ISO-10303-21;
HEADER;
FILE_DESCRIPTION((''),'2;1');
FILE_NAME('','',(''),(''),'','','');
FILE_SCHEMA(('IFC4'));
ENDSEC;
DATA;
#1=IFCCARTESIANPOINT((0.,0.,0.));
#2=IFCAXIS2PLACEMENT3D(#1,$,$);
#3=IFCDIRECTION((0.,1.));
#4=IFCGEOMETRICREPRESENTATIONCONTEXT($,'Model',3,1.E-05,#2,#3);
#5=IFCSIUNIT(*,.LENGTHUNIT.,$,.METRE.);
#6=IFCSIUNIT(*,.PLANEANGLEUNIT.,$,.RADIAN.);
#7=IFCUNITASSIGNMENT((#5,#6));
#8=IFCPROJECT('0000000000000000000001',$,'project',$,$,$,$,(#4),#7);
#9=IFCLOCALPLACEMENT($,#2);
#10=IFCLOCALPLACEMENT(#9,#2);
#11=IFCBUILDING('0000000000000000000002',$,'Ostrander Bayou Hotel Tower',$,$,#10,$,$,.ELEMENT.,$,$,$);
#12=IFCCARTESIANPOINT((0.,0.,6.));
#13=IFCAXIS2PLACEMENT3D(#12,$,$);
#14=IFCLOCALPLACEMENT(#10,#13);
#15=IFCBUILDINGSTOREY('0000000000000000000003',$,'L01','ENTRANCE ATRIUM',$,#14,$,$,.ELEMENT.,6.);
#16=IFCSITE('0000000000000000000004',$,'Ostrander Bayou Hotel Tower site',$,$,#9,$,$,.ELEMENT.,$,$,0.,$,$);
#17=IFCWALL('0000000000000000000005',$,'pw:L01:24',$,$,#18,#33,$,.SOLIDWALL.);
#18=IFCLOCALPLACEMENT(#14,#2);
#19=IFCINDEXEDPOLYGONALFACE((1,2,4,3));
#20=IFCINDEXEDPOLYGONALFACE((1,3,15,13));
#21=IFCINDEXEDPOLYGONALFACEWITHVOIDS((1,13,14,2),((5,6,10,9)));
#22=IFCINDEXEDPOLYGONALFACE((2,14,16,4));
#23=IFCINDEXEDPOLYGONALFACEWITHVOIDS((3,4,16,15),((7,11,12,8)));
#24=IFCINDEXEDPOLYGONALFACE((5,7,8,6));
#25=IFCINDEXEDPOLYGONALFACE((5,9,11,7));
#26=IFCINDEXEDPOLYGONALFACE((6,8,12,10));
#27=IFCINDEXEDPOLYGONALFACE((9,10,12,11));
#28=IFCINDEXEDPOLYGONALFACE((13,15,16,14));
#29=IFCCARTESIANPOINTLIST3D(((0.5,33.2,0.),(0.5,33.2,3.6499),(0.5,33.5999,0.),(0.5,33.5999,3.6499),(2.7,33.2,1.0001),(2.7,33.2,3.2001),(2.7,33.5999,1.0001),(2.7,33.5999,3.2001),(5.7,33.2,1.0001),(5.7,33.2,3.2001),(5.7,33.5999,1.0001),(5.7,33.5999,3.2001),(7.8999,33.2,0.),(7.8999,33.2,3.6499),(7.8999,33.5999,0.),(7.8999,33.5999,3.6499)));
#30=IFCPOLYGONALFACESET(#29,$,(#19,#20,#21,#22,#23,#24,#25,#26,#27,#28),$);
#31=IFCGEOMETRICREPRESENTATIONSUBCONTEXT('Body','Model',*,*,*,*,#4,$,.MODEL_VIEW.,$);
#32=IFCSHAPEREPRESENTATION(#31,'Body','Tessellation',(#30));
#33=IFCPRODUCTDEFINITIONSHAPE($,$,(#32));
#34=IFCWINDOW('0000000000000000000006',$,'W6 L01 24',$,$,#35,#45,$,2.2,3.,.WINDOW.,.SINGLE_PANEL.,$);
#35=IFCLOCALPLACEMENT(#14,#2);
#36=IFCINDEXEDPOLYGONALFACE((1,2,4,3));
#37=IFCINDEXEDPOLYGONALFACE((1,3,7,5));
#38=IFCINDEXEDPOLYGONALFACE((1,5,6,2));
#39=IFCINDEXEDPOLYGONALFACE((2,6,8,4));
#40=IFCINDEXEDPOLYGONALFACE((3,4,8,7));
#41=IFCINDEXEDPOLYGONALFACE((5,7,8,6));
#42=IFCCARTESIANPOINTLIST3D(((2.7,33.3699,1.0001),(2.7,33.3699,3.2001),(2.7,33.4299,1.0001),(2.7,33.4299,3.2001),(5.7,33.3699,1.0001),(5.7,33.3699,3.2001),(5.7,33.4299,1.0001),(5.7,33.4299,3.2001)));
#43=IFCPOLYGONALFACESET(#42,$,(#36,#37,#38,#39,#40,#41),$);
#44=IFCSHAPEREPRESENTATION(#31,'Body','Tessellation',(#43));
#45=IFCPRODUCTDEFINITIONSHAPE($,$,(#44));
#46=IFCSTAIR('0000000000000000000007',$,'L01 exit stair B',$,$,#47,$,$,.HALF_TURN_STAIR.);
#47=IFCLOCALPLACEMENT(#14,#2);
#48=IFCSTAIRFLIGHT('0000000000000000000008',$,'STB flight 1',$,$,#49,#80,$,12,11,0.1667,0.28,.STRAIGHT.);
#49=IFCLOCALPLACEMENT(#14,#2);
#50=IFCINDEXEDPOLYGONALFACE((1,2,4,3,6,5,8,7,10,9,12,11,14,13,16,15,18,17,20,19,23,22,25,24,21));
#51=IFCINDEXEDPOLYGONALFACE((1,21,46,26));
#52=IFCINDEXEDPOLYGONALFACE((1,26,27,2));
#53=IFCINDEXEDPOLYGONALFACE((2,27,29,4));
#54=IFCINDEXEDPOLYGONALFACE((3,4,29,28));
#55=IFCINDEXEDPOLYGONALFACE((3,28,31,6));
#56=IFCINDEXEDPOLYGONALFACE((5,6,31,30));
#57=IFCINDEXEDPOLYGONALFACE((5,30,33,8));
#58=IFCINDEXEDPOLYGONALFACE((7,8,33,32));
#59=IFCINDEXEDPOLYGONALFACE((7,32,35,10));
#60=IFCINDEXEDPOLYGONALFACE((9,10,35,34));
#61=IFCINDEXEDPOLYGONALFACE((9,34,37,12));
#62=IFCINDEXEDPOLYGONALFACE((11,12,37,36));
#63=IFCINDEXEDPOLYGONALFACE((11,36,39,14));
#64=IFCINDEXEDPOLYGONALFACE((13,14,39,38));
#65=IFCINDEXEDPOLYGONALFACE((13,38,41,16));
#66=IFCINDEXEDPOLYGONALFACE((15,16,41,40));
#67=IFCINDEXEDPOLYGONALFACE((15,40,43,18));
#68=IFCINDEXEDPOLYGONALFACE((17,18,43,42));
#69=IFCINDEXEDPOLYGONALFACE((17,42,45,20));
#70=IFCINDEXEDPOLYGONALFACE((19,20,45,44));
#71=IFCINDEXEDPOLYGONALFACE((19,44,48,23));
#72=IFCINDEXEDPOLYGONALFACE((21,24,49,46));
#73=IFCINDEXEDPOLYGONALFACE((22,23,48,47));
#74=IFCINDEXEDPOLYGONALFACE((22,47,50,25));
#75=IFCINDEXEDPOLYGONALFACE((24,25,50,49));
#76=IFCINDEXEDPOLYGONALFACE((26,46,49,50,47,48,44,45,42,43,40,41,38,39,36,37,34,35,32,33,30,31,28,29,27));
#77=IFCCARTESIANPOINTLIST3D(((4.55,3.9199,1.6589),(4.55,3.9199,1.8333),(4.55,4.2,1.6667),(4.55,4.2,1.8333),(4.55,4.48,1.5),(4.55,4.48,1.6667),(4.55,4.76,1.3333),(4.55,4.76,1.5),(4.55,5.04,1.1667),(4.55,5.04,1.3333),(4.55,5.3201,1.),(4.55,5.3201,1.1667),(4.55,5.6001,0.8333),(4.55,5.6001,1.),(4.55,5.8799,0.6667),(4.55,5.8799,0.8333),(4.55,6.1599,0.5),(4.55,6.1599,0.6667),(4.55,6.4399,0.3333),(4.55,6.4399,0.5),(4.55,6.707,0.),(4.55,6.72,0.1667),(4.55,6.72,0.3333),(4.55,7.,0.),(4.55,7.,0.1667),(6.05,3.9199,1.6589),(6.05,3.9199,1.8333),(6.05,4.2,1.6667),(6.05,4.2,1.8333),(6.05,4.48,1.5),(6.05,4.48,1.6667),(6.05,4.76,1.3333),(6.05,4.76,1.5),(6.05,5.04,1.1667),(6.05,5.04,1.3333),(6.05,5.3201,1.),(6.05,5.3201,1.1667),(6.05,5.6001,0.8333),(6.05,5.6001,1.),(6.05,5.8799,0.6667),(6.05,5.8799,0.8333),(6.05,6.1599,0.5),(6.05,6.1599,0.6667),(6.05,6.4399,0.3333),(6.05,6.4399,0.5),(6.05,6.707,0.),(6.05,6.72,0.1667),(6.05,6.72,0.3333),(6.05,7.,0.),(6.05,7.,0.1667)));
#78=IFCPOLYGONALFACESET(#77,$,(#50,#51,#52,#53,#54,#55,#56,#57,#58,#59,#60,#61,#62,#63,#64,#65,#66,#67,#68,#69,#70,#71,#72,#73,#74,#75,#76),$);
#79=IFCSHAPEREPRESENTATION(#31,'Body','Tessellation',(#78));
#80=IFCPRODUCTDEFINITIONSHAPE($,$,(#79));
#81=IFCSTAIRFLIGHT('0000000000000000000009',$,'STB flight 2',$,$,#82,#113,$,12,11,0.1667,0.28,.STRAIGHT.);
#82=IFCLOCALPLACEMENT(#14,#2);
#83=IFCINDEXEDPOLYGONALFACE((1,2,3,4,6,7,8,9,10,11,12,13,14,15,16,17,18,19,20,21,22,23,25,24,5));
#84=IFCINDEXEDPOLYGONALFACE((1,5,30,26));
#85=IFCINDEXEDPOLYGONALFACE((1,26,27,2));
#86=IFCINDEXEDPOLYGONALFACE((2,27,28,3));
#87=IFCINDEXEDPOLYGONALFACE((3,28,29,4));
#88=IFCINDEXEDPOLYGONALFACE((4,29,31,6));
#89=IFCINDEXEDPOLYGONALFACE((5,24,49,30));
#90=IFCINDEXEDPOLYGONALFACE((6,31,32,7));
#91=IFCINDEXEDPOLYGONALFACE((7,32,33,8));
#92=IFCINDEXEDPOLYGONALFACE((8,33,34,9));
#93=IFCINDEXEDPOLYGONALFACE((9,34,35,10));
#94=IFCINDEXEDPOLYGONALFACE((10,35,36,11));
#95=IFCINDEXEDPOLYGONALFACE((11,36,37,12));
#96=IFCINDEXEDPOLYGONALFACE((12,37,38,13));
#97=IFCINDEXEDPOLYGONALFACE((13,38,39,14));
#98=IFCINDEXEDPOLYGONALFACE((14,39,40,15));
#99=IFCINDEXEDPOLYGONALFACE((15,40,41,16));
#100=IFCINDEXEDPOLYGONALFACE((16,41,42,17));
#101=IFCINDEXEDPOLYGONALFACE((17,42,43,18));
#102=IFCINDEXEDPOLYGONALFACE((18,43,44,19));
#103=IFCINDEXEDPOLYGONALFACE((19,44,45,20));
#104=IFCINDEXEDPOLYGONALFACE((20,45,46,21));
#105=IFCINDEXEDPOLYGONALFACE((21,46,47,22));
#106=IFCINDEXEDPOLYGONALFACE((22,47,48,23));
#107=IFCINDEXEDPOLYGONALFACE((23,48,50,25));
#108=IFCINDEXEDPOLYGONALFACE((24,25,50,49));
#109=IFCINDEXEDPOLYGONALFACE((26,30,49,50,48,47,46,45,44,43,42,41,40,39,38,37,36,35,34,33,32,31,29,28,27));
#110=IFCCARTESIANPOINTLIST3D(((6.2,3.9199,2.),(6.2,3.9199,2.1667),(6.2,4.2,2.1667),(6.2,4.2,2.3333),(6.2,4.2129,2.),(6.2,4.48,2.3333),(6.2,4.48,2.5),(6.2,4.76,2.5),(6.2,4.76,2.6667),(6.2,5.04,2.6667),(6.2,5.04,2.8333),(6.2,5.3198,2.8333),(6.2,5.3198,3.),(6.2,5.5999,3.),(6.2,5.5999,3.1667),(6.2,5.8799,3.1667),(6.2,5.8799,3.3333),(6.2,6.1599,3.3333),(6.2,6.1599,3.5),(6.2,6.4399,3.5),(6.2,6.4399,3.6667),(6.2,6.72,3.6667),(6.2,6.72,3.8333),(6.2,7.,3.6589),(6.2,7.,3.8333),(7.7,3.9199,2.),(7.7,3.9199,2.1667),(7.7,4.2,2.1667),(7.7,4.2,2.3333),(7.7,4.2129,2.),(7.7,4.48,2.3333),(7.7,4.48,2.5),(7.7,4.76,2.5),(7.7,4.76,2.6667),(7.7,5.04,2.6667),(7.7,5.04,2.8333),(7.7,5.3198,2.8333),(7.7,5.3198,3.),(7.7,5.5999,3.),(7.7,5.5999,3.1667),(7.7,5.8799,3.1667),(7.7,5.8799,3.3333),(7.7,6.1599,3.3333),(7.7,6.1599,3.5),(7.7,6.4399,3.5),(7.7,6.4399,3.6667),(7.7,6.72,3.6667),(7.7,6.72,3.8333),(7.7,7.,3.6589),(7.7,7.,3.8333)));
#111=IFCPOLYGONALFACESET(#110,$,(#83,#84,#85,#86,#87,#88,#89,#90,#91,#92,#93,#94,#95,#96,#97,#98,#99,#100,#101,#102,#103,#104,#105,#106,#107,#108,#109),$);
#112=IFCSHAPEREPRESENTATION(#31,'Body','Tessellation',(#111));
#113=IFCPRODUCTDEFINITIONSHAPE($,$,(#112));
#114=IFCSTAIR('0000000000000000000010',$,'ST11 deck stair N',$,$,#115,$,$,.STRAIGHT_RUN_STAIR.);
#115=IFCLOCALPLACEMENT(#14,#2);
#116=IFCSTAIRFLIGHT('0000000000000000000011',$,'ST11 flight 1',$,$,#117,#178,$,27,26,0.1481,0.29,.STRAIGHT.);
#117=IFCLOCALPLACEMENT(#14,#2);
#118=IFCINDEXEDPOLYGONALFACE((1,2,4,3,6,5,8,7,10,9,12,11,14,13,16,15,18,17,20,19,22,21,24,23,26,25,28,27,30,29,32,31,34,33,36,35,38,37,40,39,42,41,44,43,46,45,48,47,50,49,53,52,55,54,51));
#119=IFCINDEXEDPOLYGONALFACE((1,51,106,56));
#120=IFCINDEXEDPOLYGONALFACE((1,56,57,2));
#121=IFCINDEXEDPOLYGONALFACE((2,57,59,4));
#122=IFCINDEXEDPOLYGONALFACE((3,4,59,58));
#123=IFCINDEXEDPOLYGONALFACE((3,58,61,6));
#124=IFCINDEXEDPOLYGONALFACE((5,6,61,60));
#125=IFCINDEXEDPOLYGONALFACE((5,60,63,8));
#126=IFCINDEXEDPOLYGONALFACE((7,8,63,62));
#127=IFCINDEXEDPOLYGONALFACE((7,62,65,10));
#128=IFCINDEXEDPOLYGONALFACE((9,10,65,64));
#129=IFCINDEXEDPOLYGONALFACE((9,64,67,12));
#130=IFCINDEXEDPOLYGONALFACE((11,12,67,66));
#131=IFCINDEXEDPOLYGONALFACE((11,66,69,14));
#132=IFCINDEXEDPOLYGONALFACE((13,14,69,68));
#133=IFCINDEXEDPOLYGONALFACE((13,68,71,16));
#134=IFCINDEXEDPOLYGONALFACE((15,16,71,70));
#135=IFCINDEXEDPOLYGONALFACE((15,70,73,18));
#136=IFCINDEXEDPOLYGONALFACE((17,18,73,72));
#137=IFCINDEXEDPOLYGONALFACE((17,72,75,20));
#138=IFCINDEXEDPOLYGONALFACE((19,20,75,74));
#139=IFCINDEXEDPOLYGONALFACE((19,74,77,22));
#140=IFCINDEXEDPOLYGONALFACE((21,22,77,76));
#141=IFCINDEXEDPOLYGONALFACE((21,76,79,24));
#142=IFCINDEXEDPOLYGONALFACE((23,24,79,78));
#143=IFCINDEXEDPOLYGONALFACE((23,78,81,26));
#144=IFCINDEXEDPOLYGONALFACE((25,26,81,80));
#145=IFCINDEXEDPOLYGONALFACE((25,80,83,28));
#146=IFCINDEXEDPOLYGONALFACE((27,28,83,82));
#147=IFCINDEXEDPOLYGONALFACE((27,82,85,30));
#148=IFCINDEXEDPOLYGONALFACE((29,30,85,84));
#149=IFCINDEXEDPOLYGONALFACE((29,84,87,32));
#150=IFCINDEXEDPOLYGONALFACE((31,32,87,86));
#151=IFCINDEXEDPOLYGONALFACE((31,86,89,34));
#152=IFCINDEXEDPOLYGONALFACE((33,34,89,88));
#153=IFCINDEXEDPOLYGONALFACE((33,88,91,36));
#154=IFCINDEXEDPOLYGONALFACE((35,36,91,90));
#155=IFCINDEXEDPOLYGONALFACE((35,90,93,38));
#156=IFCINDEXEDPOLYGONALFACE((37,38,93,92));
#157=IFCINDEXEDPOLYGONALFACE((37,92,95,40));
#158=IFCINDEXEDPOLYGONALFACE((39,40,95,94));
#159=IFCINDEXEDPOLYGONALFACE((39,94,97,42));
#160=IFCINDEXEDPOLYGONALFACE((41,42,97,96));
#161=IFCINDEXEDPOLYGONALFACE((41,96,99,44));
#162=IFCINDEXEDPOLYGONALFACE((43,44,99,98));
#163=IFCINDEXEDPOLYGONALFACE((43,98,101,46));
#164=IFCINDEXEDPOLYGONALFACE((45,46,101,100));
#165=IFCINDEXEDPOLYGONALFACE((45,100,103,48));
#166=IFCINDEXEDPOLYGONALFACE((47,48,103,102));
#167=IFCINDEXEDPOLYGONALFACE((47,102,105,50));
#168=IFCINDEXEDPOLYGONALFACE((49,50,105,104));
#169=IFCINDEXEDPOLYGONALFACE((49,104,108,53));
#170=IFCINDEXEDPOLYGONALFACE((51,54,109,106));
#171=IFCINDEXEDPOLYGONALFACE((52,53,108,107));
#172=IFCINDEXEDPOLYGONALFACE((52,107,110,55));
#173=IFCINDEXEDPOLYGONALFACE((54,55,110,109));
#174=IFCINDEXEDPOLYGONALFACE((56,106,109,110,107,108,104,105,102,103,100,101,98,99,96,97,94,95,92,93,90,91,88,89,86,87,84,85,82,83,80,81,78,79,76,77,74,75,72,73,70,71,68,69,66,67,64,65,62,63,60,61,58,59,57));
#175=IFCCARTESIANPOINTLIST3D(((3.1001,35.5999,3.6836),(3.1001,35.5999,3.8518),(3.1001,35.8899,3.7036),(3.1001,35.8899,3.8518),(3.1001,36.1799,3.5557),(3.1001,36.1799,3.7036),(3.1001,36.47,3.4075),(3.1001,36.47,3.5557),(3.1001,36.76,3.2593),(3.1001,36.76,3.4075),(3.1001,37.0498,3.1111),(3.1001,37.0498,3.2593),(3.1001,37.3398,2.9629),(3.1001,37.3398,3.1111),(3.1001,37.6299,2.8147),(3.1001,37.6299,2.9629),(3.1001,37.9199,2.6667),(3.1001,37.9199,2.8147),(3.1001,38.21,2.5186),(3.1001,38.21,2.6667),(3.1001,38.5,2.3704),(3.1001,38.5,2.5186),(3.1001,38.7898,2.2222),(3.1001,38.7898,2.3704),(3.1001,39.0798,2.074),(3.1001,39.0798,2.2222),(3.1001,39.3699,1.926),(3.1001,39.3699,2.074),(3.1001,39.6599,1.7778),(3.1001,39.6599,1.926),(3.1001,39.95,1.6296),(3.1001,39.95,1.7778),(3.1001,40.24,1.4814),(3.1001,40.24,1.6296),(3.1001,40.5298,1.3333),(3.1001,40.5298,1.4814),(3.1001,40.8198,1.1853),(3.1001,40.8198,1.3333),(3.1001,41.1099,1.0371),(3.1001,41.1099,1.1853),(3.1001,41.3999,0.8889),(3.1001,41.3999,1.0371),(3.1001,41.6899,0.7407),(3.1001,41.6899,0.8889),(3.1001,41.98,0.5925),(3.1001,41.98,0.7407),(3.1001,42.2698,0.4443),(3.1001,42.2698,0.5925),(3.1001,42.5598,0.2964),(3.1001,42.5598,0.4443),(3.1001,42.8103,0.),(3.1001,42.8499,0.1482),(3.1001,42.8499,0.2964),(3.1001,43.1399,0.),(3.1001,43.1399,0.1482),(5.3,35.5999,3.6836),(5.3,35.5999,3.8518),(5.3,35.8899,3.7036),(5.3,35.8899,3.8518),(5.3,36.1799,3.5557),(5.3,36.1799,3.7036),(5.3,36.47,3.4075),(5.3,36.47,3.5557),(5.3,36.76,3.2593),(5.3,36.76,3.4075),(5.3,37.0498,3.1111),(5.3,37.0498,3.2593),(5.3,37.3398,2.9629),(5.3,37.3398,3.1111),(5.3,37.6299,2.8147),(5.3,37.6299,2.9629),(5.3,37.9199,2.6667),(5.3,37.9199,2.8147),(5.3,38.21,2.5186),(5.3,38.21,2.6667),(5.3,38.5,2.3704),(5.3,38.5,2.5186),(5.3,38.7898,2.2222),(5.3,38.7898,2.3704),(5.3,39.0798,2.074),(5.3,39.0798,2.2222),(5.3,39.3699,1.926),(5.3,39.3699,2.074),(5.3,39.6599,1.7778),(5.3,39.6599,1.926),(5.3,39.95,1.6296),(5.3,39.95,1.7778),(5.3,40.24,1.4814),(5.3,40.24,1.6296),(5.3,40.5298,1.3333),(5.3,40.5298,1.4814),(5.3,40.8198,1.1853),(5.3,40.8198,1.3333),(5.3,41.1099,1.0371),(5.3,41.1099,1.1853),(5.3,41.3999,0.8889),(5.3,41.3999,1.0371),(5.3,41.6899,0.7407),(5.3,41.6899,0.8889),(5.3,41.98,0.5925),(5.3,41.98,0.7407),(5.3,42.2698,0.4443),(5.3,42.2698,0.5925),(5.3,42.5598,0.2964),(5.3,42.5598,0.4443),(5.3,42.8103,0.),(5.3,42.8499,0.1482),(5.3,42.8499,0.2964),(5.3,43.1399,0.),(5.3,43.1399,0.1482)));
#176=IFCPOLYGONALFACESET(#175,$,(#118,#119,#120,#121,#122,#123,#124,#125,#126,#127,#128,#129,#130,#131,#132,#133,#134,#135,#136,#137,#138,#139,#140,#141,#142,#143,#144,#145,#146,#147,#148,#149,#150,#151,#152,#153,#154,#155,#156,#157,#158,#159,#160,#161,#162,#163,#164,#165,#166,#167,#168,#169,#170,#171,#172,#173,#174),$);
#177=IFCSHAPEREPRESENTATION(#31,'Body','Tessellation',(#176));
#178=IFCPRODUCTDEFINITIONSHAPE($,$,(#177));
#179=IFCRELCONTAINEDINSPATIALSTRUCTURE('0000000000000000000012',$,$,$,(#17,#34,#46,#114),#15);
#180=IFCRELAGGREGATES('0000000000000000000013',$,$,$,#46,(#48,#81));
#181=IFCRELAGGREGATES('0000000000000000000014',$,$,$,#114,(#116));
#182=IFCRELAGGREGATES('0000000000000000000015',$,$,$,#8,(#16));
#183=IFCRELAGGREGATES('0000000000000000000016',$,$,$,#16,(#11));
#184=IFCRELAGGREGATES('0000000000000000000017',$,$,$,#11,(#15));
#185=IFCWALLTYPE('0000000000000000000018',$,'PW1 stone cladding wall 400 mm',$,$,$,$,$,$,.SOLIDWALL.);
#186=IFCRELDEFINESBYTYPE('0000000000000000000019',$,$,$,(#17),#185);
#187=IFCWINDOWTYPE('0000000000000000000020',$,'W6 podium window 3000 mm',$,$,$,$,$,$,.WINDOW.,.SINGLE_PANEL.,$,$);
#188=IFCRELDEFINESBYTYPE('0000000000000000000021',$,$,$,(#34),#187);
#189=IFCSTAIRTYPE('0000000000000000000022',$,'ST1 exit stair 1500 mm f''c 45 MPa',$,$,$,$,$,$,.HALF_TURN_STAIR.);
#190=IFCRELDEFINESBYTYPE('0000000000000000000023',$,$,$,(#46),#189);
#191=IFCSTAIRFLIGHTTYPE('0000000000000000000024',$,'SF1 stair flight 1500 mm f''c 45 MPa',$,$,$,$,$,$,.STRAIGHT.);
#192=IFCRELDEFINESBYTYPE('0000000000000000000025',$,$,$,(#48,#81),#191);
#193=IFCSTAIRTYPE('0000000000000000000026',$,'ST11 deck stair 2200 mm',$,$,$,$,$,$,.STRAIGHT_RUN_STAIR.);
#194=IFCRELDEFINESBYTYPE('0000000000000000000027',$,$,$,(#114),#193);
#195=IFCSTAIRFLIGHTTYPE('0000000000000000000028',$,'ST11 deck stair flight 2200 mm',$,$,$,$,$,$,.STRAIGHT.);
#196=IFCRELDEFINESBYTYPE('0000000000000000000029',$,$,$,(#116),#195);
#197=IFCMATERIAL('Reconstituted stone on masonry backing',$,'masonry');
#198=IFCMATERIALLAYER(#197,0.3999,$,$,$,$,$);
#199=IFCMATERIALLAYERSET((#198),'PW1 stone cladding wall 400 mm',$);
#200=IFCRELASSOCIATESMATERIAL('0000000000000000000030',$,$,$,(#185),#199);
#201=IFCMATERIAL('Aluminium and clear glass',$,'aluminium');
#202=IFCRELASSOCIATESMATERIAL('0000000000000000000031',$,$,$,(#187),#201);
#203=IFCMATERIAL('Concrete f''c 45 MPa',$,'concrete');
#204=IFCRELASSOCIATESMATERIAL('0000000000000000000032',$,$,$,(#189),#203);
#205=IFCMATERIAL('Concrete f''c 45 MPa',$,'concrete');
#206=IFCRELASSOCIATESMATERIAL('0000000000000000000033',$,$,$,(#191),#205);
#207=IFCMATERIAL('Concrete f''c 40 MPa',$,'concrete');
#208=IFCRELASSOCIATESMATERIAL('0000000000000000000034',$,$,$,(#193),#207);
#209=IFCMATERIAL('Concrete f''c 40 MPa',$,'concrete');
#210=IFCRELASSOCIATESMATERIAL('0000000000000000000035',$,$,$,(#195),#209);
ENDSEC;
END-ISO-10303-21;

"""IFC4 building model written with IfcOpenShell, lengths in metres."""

from ifc_helpers import new_model, si_unit, direction, frame, frame_2d, origin, place, context, subcontext, project, spatial, polyline, rectangle, outline, extrude, material, layer, layer_set, type_object, element, fill, aggregate, save


model = new_model("IFC4")

# Units and contexts
model_context = context("Model", 3, precision=1e-05, world=origin(), true_north=direction((0.0, 1.0)))
body_context = subcontext(model_context, "Body", "Model", "MODEL_VIEW")
ifc_project = project(units=[si_unit("LENGTHUNIT", "METRE"), si_unit("PLANEANGLEUNIT", "RADIAN")], contexts=[model_context])

# Site, building, storey
site_placement = place(None, origin())
site = spatial("IfcSite", under=ifc_project, at=site_placement, Name="Ostrander Bayou Hotel Tower site", CompositionType="ELEMENT", RefElevation=0.0)
building_placement = place(site_placement, origin())
building = spatial("IfcBuilding", under=site, at=building_placement, Name="Ostrander Bayou Hotel Tower", CompositionType="ELEMENT")
storey_placement = place(building_placement, frame((0.0, 0.0, 6.0)))
storey = spatial("IfcBuildingStorey", under=building, at=storey_placement, Name="L01", Description="ENTRANCE ATRIUM", CompositionType="ELEMENT", Elevation=6.0)

# Wall, opening, window
ifc_material_1 = material(Name="Reconstituted stone on masonry backing", Category="masonry")
ifc_layer_1 = layer(ifc_material_1, 0.3999)
ifc_layer_set_1 = layer_set([ifc_layer_1], Name="PW1 stone cladding wall 400 mm")
wall_type_1 = type_object("IfcWallType", Name="PW1 stone cladding wall 400 mm", PredefinedType="SOLIDWALL", material=ifc_layer_set_1)
wall_1_placement = place(storey_placement, frame((0.5, 33.3999, 0.0), z_axis=(0.0, 0.0, 1.0), x_axis=(1.0, 0.0, 0.0)))
wall_1 = element("IfcWall", 1, at=wall_1_placement, inside=storey, type_object=wall_type_1, Name="pw:L01:24", PredefinedType="SOLIDWALL", context=body_context, shape_type="SweptSolid", body=[
    extrude(rectangle(XDim=7.3999, YDim=0.3999, at=frame_2d((3.7, 0.0))), origin(), (0.0, 0.0, 1.0), 3.6499),
])
opening_1_placement = place(wall_1_placement, frame((2.2, 0.0, 1.0)))
opening_1 = element("IfcOpeningElement", 2, at=opening_1_placement, cuts=wall_1, PredefinedType="OPENING", context=body_context, shape_type="SweptSolid", body=[
    extrude(rectangle(XDim=3.0, YDim=2.2, at=frame_2d((1.5, 1.1001))), frame((0.0, 0.2, 0.0), z_axis=(0.0, -1.0, 0.0), x_axis=(1.0, 0.0, 0.0)), (0.0, 0.0, 1.0), 0.3999),
])
ifc_material_2 = material(Name="Aluminium and clear glass", Category="aluminium")
window_type = type_object("IfcWindowType", Name="W6 podium window 3000 mm", PartitioningType="SINGLE_PANEL", PredefinedType="WINDOW", material=ifc_material_2)
window_placement = place(opening_1_placement, origin())
window = element("IfcWindow", 3, at=window_placement, inside=storey, type_object=window_type, Name="W6 L01 24", OverallHeight=2.2, OverallWidth=3.0, PartitioningType="SINGLE_PANEL", PredefinedType="WINDOW", context=body_context, shape_type="SweptSolid", body=[
    extrude(rectangle(XDim=3.0, YDim=2.2, at=frame_2d((1.5, 1.1001))), frame((0.0, 0.03, 0.0), z_axis=(0.0, -1.0, 0.0), x_axis=(1.0, 0.0, 0.0)), (0.0, 0.0, 1.0), 0.0601),
])
fill(opening_1, window)

# Stair, stair flights
ifc_material_3 = material(Name="Concrete f'c 45 MPa", Category="concrete")
stair_type_1 = type_object("IfcStairType", Name="ST1 exit stair 1500 mm f'c 45 MPa", PredefinedType="HALF_TURN_STAIR", material=ifc_material_3)
stair_1_placement = place(storey_placement, origin())
stair_1 = element("IfcStair", 4, at=stair_1_placement, inside=storey, type_object=stair_type_1, Name="L01 exit stair B", PredefinedType="HALF_TURN_STAIR")
ifc_material_4 = material(Name="Concrete f'c 45 MPa", Category="concrete")
stair_flight_type_1 = type_object("IfcStairFlightType", Name="SF1 stair flight 1500 mm f'c 45 MPa", PredefinedType="STRAIGHT", material=ifc_material_4)
stair_flight_1_placement = place(storey_placement, frame((5.3, 7.0, 0.0), z_axis=(0.0, 0.0, 1.0), x_axis=(0.0, -1.0, 0.0)))
stair_flight_1 = element("IfcStairFlight", 5, at=stair_flight_1_placement, type_object=stair_flight_type_1, Name="STB flight 1", NumberOfRisers=12, NumberOfTreads=11, PredefinedType="STRAIGHT", RiserHeight=0.1667, TreadLength=0.28, context=body_context, shape_type="SweptSolid", body=[
    extrude(outline(polyline([(0.0, 0.0), (0.0, 0.1667), (0.28, 0.1667), (0.28, 0.3333), (0.5601, 0.3333), (0.5601, 0.5), (0.8401, 0.5), (0.8401, 0.6667), (1.1201, 0.6667), (1.1201, 0.8333), (1.3999, 0.8333), (1.3999, 1.0), (1.6799, 1.0), (1.6799, 1.1667), (1.96, 1.1667), (1.96, 1.3333), (2.24, 1.3333), (2.24, 1.5), (2.52, 1.5), (2.52, 1.6667), (2.8, 1.6667), (2.8, 1.8333), (3.0801, 1.8333), (3.0801, 2.0), (3.0801, 1.6589), (0.293, 0.0), (0.0, 0.0)])), frame((0.0, 0.75, 0.0), z_axis=(0.0, -1.0, 0.0), x_axis=(1.0, 0.0, 0.0)), (0.0, 0.0, 1.0), 1.5),
])
stair_flight_2_placement = place(storey_placement, frame((6.95, 3.9199, 2.0), z_axis=(0.0, 0.0, 1.0), x_axis=(0.0, 1.0, 0.0)))
stair_flight_2 = element("IfcStairFlight", 6, at=stair_flight_2_placement, type_object=stair_flight_type_1, Name="STB flight 2", NumberOfRisers=12, NumberOfTreads=11, PredefinedType="STRAIGHT", RiserHeight=0.1667, TreadLength=0.28, context=body_context, shape_type="SweptSolid", body=[
    extrude(outline(polyline([(0.0, 0.0), (0.0, 0.1667), (0.28, 0.1667), (0.28, 0.3333), (0.5601, 0.3333), (0.5601, 0.5), (0.8401, 0.5), (0.8401, 0.6667), (1.1201, 0.6667), (1.1201, 0.8333), (1.3999, 0.8333), (1.3999, 1.0), (1.6799, 1.0), (1.6799, 1.1667), (1.96, 1.1667), (1.96, 1.3333), (2.24, 1.3333), (2.24, 1.5), (2.52, 1.5), (2.52, 1.6667), (2.8, 1.6667), (2.8, 1.8333), (3.0801, 1.8333), (3.0801, 2.0), (3.0801, 1.6589), (0.293, 0.0), (0.0, 0.0)])), frame((0.0, 0.75, 0.0), z_axis=(0.0, -1.0, 0.0), x_axis=(1.0, 0.0, 0.0)), (0.0, 0.0, 1.0), 1.5),
])
aggregate(stair_1, [stair_flight_1, stair_flight_2])

# Stair, stair flight
ifc_material_5 = material(Name="Concrete f'c 40 MPa", Category="concrete")
stair_type_2 = type_object("IfcStairType", Name="ST11 deck stair 2200 mm", PredefinedType="STRAIGHT_RUN_STAIR", material=ifc_material_5)
stair_2_placement = place(storey_placement, origin())
stair_2 = element("IfcStair", 7, at=stair_2_placement, inside=storey, type_object=stair_type_2, Name="ST11 deck stair N", PredefinedType="STRAIGHT_RUN_STAIR")
ifc_material_6 = material(Name="Concrete f'c 40 MPa", Category="concrete")
stair_flight_type_2 = type_object("IfcStairFlightType", Name="ST11 deck stair flight 2200 mm", PredefinedType="STRAIGHT", material=ifc_material_6)
stair_flight_3_placement = place(storey_placement, frame((4.2, 43.1399, 0.0), z_axis=(0.0, 0.0, 1.0), x_axis=(0.0, -1.0, 0.0)))
stair_flight_3 = element("IfcStairFlight", 8, at=stair_flight_3_placement, type_object=stair_flight_type_2, Name="ST11 flight 1", NumberOfRisers=27, NumberOfTreads=26, PredefinedType="STRAIGHT", RiserHeight=0.1481, TreadLength=0.29, context=body_context, shape_type="SweptSolid", body=[
    extrude(outline(polyline([(0.0, 0.0), (0.0, 0.1482), (0.29, 0.1482), (0.29, 0.2964), (0.5801, 0.2964), (0.5801, 0.4443), (0.8701, 0.4443), (0.8701, 0.5925), (1.1599, 0.5925), (1.1599, 0.7407), (1.45, 0.7407), (1.45, 0.8889), (1.74, 0.8889), (1.74, 1.0371), (2.03, 1.0371), (2.03, 1.1853), (2.3201, 1.1853), (2.3201, 1.3333), (2.6101, 1.3333), (2.6101, 1.4814), (2.8999, 1.4814), (2.8999, 1.6296), (3.1899, 1.6296), (3.1899, 1.7778), (3.48, 1.7778), (3.48, 1.926), (3.77, 1.926), (3.77, 2.074), (4.0601, 2.074), (4.0601, 2.2222), (4.3501, 2.2222), (4.3501, 2.3704), (4.6399, 2.3704), (4.6399, 2.5186), (4.9299, 2.5186), (4.9299, 2.6667), (5.22, 2.6667), (5.22, 2.8147), (5.51, 2.8147), (5.51, 2.9629), (5.8, 2.9629), (5.8, 3.1111), (6.0901, 3.1111), (6.0901, 3.2593), (6.3799, 3.2593), (6.3799, 3.4075), (6.6699, 3.4075), (6.6699, 3.5557), (6.96, 3.5557), (6.96, 3.7036), (7.25, 3.7036), (7.25, 3.8518), (7.54, 3.8518), (7.54, 4.0), (7.54, 3.6836), (0.3296, 0.0), (0.0, 0.0)])), frame((0.0, 1.1001, 0.0), z_axis=(0.0, -1.0, 0.0), x_axis=(1.0, 0.0, 0.0)), (0.0, 0.0, 1.0), 2.2),
])
aggregate(stair_2, [stair_flight_3])

save(model, "model.ifc")
